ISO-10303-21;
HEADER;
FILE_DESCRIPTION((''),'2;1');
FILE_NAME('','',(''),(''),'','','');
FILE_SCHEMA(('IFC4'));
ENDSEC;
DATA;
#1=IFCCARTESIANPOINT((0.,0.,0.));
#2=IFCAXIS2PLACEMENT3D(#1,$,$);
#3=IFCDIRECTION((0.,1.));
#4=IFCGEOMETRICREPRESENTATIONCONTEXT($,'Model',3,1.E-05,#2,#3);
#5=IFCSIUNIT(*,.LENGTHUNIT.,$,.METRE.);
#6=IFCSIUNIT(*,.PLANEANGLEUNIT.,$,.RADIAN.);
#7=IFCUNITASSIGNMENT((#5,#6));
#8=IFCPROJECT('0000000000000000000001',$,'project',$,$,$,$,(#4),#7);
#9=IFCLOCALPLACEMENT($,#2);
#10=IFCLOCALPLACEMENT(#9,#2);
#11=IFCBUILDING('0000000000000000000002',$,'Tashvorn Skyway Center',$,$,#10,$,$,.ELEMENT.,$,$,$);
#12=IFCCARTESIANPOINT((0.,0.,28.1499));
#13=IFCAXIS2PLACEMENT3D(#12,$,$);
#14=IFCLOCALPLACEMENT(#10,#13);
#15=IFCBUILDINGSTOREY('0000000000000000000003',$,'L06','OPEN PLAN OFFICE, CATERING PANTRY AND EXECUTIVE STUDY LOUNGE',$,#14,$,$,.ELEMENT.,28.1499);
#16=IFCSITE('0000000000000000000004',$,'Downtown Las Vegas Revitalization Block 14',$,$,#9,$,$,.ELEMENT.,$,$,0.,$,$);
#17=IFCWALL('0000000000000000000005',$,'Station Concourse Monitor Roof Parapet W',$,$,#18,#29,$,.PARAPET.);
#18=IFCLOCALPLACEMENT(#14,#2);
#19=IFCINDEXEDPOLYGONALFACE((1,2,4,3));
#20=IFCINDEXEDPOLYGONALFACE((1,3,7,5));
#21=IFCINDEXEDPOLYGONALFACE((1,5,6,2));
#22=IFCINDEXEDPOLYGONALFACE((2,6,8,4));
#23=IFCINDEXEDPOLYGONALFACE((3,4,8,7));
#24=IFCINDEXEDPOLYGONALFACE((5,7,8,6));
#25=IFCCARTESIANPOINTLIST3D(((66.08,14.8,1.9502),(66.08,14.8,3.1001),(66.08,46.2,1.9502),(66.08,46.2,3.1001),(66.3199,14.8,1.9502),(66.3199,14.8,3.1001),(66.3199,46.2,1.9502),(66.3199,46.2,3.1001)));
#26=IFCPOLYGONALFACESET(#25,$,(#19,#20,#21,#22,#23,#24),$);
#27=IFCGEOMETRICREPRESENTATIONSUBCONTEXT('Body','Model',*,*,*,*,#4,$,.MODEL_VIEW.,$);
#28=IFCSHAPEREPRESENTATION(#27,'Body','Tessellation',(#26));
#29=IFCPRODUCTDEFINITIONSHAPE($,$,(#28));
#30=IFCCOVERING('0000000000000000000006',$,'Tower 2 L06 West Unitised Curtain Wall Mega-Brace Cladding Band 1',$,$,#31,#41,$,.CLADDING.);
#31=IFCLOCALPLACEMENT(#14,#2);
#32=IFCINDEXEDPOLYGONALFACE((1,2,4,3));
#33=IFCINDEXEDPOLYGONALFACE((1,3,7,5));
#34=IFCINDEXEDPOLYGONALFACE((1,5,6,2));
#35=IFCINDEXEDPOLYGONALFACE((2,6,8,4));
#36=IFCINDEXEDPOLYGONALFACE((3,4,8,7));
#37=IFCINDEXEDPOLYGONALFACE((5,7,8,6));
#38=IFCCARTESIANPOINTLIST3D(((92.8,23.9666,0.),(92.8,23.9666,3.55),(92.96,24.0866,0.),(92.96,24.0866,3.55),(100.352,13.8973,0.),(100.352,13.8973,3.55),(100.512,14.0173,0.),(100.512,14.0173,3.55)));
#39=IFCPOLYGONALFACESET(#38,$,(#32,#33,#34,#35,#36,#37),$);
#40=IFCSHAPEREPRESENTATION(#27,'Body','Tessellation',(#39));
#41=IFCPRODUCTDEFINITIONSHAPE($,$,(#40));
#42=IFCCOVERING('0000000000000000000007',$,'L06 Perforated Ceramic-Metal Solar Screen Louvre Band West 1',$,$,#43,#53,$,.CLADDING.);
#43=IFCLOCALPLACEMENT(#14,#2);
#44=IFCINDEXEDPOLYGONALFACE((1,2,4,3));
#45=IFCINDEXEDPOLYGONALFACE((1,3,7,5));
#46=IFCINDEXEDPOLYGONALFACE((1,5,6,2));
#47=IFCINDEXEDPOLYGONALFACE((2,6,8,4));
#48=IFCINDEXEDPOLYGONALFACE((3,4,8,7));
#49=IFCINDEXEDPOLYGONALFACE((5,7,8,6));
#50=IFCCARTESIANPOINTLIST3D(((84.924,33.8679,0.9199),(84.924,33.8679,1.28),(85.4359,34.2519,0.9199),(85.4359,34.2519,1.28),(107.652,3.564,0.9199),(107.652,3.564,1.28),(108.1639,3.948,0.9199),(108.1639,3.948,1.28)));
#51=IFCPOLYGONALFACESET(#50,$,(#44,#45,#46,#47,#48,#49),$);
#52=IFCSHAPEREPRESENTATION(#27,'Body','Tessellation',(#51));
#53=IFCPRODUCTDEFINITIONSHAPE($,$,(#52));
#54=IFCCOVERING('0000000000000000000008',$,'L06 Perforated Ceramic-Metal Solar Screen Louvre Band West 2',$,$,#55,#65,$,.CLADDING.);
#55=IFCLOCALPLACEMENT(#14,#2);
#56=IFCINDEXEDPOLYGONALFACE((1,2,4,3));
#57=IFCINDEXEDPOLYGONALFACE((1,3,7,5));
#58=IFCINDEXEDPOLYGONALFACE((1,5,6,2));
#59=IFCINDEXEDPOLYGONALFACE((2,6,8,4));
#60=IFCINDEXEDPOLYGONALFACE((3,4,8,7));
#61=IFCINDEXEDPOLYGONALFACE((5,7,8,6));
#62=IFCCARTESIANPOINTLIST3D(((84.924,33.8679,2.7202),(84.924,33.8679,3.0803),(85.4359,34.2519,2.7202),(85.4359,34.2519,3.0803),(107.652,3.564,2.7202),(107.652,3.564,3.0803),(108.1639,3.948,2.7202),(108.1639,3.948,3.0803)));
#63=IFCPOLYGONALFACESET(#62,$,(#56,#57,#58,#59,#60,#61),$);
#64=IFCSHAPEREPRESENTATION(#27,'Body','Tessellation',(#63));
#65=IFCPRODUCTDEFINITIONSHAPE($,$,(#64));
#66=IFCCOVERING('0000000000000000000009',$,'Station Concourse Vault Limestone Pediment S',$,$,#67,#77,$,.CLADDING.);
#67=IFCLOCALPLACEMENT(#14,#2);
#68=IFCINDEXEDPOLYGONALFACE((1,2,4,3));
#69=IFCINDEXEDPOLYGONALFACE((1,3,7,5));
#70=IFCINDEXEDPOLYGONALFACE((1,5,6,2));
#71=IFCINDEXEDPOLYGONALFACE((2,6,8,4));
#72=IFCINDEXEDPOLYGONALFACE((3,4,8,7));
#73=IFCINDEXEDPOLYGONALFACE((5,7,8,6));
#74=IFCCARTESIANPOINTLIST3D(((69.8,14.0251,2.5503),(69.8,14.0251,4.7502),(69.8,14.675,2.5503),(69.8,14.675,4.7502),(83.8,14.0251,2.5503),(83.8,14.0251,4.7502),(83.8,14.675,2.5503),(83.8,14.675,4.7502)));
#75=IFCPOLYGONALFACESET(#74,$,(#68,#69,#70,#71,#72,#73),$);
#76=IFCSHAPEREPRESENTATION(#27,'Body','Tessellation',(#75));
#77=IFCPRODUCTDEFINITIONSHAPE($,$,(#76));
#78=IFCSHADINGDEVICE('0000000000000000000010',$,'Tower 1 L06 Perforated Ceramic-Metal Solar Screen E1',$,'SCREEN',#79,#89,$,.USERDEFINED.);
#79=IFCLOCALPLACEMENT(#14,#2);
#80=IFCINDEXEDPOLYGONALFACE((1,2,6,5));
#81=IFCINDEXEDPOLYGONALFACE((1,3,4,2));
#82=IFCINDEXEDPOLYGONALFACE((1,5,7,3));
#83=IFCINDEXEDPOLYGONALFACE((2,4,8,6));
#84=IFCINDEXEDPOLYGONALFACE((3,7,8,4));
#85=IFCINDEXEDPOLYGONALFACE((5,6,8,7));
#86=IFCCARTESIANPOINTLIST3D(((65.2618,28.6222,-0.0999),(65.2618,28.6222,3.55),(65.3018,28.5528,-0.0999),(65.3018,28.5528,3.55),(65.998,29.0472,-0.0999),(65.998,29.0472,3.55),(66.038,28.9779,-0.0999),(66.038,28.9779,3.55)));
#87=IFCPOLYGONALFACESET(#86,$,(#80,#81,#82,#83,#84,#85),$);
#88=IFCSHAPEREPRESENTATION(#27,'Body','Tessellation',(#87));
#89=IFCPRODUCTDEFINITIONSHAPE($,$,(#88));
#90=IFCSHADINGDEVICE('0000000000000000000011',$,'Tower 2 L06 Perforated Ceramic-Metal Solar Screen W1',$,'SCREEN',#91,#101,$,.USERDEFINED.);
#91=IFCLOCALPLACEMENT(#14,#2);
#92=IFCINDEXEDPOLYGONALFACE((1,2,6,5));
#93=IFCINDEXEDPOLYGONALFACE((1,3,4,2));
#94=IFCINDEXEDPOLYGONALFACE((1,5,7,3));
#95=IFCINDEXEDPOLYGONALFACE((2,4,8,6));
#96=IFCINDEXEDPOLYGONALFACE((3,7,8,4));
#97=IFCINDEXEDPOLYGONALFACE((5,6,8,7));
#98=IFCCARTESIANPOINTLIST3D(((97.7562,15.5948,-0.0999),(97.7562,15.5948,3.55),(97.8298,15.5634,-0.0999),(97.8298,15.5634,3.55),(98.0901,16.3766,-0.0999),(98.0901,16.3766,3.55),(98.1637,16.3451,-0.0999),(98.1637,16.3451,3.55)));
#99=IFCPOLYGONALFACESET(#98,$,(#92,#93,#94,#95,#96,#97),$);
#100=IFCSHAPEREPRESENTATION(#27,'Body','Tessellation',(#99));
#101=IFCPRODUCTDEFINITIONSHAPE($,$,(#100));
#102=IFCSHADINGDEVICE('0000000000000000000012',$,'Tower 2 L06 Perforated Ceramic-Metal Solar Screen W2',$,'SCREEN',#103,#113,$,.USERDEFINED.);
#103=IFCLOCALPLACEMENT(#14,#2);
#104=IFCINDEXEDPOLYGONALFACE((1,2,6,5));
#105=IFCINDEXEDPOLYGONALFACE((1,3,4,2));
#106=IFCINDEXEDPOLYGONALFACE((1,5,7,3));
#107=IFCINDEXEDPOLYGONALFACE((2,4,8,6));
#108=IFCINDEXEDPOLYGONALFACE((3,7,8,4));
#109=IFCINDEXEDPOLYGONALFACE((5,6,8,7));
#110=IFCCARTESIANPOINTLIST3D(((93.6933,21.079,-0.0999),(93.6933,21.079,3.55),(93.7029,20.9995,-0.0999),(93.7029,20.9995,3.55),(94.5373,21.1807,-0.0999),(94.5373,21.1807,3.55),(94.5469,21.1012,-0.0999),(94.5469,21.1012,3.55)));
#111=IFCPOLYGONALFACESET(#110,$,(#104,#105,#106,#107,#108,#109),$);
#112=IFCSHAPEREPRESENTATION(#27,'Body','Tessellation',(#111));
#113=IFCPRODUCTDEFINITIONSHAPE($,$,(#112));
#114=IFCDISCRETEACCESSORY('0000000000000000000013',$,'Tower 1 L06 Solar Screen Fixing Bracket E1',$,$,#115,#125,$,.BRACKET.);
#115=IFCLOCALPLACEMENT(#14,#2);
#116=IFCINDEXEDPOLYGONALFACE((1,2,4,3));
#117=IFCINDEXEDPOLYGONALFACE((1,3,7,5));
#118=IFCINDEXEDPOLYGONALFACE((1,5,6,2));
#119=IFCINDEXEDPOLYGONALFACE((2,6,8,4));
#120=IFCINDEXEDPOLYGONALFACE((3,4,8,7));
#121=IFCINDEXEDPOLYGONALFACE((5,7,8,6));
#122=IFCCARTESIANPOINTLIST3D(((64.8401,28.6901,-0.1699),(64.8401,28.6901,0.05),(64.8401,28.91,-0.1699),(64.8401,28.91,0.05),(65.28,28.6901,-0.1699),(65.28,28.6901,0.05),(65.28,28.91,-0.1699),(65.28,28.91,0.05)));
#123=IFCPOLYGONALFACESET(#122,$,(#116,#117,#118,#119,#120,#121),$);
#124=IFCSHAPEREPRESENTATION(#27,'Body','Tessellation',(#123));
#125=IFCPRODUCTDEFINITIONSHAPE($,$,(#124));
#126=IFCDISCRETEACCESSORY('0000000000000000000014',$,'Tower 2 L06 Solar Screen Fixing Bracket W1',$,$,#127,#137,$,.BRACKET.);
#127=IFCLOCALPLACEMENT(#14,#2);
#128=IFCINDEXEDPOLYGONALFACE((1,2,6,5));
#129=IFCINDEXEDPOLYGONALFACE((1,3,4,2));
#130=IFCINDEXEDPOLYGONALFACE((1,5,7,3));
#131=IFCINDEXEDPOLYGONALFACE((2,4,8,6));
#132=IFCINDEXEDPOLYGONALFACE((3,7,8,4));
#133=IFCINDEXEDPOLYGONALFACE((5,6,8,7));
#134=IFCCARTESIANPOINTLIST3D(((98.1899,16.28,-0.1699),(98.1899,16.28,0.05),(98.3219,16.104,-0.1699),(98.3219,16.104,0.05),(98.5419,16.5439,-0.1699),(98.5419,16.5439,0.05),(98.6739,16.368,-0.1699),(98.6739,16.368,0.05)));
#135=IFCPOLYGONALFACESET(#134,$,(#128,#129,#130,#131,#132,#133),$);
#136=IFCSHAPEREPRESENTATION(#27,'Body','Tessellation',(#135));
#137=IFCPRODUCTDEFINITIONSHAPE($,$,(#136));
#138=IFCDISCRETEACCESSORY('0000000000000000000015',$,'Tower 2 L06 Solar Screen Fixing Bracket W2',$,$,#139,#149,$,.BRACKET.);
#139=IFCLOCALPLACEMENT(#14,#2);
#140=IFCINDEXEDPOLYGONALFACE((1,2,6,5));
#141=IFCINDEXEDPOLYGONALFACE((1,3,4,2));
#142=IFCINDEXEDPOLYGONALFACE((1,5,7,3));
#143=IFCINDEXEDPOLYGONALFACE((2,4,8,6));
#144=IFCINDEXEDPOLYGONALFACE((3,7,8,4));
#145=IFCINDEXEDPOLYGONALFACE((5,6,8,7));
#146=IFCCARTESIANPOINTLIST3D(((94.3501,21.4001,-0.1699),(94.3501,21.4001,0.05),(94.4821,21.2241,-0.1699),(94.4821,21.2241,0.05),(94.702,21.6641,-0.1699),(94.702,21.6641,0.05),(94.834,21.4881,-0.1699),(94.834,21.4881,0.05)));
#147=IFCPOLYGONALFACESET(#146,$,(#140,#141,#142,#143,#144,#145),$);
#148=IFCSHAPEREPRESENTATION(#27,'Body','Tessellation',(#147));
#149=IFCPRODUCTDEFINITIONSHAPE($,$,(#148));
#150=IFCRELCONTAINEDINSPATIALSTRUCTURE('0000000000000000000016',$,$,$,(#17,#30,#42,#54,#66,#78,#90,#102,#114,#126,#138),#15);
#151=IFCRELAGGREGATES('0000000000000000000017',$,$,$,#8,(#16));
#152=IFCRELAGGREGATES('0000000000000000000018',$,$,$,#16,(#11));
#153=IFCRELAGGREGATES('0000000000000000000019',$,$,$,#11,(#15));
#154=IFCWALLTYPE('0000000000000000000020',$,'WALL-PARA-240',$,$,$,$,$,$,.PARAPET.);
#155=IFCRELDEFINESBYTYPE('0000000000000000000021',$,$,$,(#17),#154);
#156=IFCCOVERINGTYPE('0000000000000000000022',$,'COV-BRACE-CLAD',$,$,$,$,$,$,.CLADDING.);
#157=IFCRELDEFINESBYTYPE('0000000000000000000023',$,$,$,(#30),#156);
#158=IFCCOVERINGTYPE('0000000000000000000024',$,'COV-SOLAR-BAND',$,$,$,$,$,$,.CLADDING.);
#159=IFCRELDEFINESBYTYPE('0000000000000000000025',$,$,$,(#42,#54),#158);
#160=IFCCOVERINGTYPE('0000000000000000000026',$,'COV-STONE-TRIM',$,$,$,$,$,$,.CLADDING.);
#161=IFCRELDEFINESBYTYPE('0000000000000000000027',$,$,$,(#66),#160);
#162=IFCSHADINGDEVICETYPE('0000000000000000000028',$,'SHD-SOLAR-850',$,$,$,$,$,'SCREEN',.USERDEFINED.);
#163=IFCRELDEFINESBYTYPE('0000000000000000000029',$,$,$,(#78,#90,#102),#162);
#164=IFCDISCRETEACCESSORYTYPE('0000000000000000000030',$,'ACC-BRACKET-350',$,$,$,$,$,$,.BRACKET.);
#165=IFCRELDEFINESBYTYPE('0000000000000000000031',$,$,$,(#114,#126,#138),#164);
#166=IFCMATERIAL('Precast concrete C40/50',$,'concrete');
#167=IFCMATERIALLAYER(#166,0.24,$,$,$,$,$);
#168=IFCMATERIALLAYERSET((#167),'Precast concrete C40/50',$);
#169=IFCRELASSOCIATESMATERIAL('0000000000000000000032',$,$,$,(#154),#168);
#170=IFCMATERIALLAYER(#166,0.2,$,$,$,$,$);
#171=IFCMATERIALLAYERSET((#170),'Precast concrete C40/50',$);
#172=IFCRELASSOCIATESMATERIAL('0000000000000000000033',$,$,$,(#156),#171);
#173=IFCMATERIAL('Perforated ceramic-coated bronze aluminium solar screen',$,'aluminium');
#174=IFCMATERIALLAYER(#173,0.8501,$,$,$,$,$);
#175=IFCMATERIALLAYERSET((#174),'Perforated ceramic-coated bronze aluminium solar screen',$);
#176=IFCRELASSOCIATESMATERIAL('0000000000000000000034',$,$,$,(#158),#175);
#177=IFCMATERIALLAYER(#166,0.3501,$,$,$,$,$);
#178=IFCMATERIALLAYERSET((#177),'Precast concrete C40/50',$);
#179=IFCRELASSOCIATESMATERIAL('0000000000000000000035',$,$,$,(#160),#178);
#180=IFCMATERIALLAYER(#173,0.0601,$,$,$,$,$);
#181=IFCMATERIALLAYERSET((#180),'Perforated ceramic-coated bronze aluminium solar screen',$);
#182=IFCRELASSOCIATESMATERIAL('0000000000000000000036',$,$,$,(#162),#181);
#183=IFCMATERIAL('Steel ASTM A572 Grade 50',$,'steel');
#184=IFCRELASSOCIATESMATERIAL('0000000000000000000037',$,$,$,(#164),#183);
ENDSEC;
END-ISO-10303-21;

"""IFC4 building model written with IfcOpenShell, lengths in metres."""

from ifc_helpers import new_model, si_unit, direction, frame, frame_2d, origin, origin_2d, place, context, subcontext, project, spatial, rectangle, extrude, material, layer, layer_set, type_object, element, save


model = new_model("IFC4")

# Units and contexts
model_context = context("Model", 3, precision=1e-05, world=origin(), true_north=direction((0.0, 1.0)))
body_context = subcontext(model_context, "Body", "Model", "MODEL_VIEW")
ifc_project = project(units=[si_unit("LENGTHUNIT", "METRE"), si_unit("PLANEANGLEUNIT", "RADIAN")], contexts=[model_context])

# Site, building, storey
site_placement = place(None, origin())
site = spatial("IfcSite", under=ifc_project, at=site_placement, Name="Downtown Las Vegas Revitalization Block 14", CompositionType="ELEMENT", RefElevation=0.0)
building_placement = place(site_placement, origin())
building = spatial("IfcBuilding", under=site, at=building_placement, Name="Tashvorn Skyway Center", CompositionType="ELEMENT")
storey_placement = place(building_placement, frame((0.0, 0.0, 28.1499)))
storey = spatial("IfcBuildingStorey", under=building, at=storey_placement, Name="L06", Description="OPEN PLAN OFFICE, CATERING PANTRY AND EXECUTIVE STUDY LOUNGE", CompositionType="ELEMENT", Elevation=28.1499)

# Shared definitions
ifc_material_1 = material(Name="Steel ASTM A572 Grade 50", Category="steel")

# Wall
ifc_material_2 = material(Name="Precast concrete C40/50", Category="concrete")
ifc_layer_1 = layer(ifc_material_2, 0.24)
ifc_layer_set_1 = layer_set([ifc_layer_1], Name="Precast concrete C40/50")
wall_type = type_object("IfcWallType", Name="WALL-PARA-240", PredefinedType="PARAPET", material=ifc_layer_set_1)
wall_1_placement = place(storey_placement, frame((66.2, 14.8, 1.9502), z_axis=(0.0, 0.0, 1.0), x_axis=(0.0, 1.0, 0.0)))
element("IfcWall", 1, at=wall_1_placement, inside=storey, type_object=wall_type, Name="Station Concourse Monitor Roof Parapet W", PredefinedType="PARAPET", context=body_context, shape_type="SweptSolid", body=[
    extrude(rectangle(XDim=31.3999, YDim=0.24, at=frame_2d((15.7, 0.0))), origin(), (0.0, 0.0, 1.0), 1.1499),
])

# Coverings
ifc_layer_2 = layer(ifc_material_2, 0.2)
ifc_layer_set_2 = layer_set([ifc_layer_2], Name="Precast concrete C40/50")
covering_type_1 = type_object("IfcCoveringType", Name="COV-BRACE-CLAD", PredefinedType="CLADDING", material=ifc_layer_set_2)
covering_1_placement = place(storey_placement, frame((96.656, 18.9919, 0.0), z_axis=(0.0, 0.0, 1.0), x_axis=(-0.6, 0.8, 0.0)))
element("IfcCovering", 2, at=covering_1_placement, inside=storey, type_object=covering_type_1, Name="Tower 2 L06 West Unitised Curtain Wall Mega-Brace Cladding Band 1", PredefinedType="CLADDING", context=body_context, shape_type="SweptSolid", body=[
    extrude(rectangle(XDim=12.5867, YDim=0.2, at=origin_2d()), origin(), (0.0, 0.0, 1.0), 3.55),
])
ifc_material_3 = material(Name="Perforated ceramic-coated bronze aluminium solar screen", Category="aluminium")
ifc_layer_3 = layer(ifc_material_3, 0.8501)
ifc_layer_set_3 = layer_set([ifc_layer_3], Name="Perforated ceramic-coated bronze aluminium solar screen")
covering_type_2 = type_object("IfcCoveringType", Name="COV-SOLAR-BAND", PredefinedType="CLADDING", material=ifc_layer_set_3)
for number, where, z_axis, x_axis, name in (
    (3, (96.5439, 18.908, 0.9199), (0.0, 0.0, 1.0), (-0.6, 0.8, 0.0), "L06 Perforated Ceramic-Metal Solar Screen Louvre Band West 1"),
    (4, (96.5439, 18.908, 2.7202), (0.0, 0.0, 1.0), (-0.6, 0.8, 0.0), "L06 Perforated Ceramic-Metal Solar Screen Louvre Band West 2"),
):
    element("IfcCovering", number, at=place(storey_placement, frame(where, z_axis=z_axis, x_axis=x_axis)), inside=storey, type_object=covering_type_2, Name=name, PredefinedType="CLADDING", context=body_context, shape_type="SweptSolid", body=[
        extrude(rectangle(XDim=37.8799, YDim=0.6399, at=origin_2d()), origin(), (0.0, 0.0, 1.0), 0.3601),
    ])
ifc_layer_4 = layer(ifc_material_2, 0.3501)
ifc_layer_set_4 = layer_set([ifc_layer_4], Name="Precast concrete C40/50")
covering_type_3 = type_object("IfcCoveringType", Name="COV-STONE-TRIM", PredefinedType="CLADDING", material=ifc_layer_set_4)
covering_2_placement = place(storey_placement, frame((76.8, 14.3501, 2.5503), z_axis=(0.0, 0.0, 1.0), x_axis=(1.0, 0.0, 0.0)))
element("IfcCovering", 5, at=covering_2_placement, inside=storey, type_object=covering_type_3, Name="Station Concourse Vault Limestone Pediment S", PredefinedType="CLADDING", context=body_context, shape_type="SweptSolid", body=[
    extrude(rectangle(XDim=14.0, YDim=0.6499, at=origin_2d()), origin(), (0.0, 0.0, 1.0), 2.2),
])

# Shading devices
ifc_layer_5 = layer(ifc_material_3, 0.0601)
ifc_layer_set_5 = layer_set([ifc_layer_5], Name="Perforated ceramic-coated bronze aluminium solar screen")
shading_device_type = type_object("IfcShadingDeviceType", Name="SHD-SOLAR-850", ElementType="SCREEN", PredefinedType="USERDEFINED", material=ifc_layer_set_5)
for number, where, z_axis, x_axis, name in (
    (6, (65.6499, 28.8, -0.0999), (0.0, 0.0, 1.0), (0.5, -0.866025, 0.0), "Tower 1 L06 Perforated Ceramic-Metal Solar Screen E1"),
    (7, (97.96, 15.97, -0.0999), (0.0, 0.0, 1.0), (-0.919615, 0.39282, 0.0), "Tower 2 L06 Perforated Ceramic-Metal Solar Screen W1"),
    (8, (94.1201, 21.0901, -0.0999), (0.0, 0.0, 1.0), (-0.119615, 0.99282, 0.0), "Tower 2 L06 Perforated Ceramic-Metal Solar Screen W2"),
):
    element("IfcShadingDevice", number, at=place(storey_placement, frame(where, z_axis=z_axis, x_axis=x_axis)), inside=storey, type_object=shading_device_type, Name=name, ObjectType="SCREEN", PredefinedType="USERDEFINED", context=body_context, shape_type="SweptSolid", body=[
        extrude(rectangle(XDim=0.0801, YDim=0.8501, at=origin_2d()), origin(), (0.0, 0.0, 1.0), 3.6499),
    ])

# Discrete accessories
discrete_accessory_type = type_object("IfcDiscreteAccessoryType", Name="ACC-BRACKET-350", PredefinedType="BRACKET", material=ifc_material_1)
for number, where, z_axis, x_axis, name in (
    (9, (65.0601, 28.8, -0.1699), (0.0, 0.0, 1.0), (0.0, -1.0, 0.0), "Tower 1 L06 Solar Screen Fixing Bracket E1"),
    (10, (98.4319, 16.324, -0.1699), (0.0, 0.0, 1.0), (-0.6, 0.8, 0.0), "Tower 2 L06 Solar Screen Fixing Bracket W1"),
    (11, (94.592, 21.4441, -0.1699), (0.0, 0.0, 1.0), (-0.6, 0.8, 0.0), "Tower 2 L06 Solar Screen Fixing Bracket W2"),
):
    element("IfcDiscreteAccessory", number, at=place(storey_placement, frame(where, z_axis=z_axis, x_axis=x_axis)), inside=storey, type_object=discrete_accessory_type, Name=name, PredefinedType="BRACKET", context=body_context, shape_type="SweptSolid", body=[
        extrude(rectangle(XDim=0.22, YDim=0.4399, at=origin_2d()), origin(), (0.0, 0.0, 1.0), 0.22),
    ])

save(model, "model.ifc")
